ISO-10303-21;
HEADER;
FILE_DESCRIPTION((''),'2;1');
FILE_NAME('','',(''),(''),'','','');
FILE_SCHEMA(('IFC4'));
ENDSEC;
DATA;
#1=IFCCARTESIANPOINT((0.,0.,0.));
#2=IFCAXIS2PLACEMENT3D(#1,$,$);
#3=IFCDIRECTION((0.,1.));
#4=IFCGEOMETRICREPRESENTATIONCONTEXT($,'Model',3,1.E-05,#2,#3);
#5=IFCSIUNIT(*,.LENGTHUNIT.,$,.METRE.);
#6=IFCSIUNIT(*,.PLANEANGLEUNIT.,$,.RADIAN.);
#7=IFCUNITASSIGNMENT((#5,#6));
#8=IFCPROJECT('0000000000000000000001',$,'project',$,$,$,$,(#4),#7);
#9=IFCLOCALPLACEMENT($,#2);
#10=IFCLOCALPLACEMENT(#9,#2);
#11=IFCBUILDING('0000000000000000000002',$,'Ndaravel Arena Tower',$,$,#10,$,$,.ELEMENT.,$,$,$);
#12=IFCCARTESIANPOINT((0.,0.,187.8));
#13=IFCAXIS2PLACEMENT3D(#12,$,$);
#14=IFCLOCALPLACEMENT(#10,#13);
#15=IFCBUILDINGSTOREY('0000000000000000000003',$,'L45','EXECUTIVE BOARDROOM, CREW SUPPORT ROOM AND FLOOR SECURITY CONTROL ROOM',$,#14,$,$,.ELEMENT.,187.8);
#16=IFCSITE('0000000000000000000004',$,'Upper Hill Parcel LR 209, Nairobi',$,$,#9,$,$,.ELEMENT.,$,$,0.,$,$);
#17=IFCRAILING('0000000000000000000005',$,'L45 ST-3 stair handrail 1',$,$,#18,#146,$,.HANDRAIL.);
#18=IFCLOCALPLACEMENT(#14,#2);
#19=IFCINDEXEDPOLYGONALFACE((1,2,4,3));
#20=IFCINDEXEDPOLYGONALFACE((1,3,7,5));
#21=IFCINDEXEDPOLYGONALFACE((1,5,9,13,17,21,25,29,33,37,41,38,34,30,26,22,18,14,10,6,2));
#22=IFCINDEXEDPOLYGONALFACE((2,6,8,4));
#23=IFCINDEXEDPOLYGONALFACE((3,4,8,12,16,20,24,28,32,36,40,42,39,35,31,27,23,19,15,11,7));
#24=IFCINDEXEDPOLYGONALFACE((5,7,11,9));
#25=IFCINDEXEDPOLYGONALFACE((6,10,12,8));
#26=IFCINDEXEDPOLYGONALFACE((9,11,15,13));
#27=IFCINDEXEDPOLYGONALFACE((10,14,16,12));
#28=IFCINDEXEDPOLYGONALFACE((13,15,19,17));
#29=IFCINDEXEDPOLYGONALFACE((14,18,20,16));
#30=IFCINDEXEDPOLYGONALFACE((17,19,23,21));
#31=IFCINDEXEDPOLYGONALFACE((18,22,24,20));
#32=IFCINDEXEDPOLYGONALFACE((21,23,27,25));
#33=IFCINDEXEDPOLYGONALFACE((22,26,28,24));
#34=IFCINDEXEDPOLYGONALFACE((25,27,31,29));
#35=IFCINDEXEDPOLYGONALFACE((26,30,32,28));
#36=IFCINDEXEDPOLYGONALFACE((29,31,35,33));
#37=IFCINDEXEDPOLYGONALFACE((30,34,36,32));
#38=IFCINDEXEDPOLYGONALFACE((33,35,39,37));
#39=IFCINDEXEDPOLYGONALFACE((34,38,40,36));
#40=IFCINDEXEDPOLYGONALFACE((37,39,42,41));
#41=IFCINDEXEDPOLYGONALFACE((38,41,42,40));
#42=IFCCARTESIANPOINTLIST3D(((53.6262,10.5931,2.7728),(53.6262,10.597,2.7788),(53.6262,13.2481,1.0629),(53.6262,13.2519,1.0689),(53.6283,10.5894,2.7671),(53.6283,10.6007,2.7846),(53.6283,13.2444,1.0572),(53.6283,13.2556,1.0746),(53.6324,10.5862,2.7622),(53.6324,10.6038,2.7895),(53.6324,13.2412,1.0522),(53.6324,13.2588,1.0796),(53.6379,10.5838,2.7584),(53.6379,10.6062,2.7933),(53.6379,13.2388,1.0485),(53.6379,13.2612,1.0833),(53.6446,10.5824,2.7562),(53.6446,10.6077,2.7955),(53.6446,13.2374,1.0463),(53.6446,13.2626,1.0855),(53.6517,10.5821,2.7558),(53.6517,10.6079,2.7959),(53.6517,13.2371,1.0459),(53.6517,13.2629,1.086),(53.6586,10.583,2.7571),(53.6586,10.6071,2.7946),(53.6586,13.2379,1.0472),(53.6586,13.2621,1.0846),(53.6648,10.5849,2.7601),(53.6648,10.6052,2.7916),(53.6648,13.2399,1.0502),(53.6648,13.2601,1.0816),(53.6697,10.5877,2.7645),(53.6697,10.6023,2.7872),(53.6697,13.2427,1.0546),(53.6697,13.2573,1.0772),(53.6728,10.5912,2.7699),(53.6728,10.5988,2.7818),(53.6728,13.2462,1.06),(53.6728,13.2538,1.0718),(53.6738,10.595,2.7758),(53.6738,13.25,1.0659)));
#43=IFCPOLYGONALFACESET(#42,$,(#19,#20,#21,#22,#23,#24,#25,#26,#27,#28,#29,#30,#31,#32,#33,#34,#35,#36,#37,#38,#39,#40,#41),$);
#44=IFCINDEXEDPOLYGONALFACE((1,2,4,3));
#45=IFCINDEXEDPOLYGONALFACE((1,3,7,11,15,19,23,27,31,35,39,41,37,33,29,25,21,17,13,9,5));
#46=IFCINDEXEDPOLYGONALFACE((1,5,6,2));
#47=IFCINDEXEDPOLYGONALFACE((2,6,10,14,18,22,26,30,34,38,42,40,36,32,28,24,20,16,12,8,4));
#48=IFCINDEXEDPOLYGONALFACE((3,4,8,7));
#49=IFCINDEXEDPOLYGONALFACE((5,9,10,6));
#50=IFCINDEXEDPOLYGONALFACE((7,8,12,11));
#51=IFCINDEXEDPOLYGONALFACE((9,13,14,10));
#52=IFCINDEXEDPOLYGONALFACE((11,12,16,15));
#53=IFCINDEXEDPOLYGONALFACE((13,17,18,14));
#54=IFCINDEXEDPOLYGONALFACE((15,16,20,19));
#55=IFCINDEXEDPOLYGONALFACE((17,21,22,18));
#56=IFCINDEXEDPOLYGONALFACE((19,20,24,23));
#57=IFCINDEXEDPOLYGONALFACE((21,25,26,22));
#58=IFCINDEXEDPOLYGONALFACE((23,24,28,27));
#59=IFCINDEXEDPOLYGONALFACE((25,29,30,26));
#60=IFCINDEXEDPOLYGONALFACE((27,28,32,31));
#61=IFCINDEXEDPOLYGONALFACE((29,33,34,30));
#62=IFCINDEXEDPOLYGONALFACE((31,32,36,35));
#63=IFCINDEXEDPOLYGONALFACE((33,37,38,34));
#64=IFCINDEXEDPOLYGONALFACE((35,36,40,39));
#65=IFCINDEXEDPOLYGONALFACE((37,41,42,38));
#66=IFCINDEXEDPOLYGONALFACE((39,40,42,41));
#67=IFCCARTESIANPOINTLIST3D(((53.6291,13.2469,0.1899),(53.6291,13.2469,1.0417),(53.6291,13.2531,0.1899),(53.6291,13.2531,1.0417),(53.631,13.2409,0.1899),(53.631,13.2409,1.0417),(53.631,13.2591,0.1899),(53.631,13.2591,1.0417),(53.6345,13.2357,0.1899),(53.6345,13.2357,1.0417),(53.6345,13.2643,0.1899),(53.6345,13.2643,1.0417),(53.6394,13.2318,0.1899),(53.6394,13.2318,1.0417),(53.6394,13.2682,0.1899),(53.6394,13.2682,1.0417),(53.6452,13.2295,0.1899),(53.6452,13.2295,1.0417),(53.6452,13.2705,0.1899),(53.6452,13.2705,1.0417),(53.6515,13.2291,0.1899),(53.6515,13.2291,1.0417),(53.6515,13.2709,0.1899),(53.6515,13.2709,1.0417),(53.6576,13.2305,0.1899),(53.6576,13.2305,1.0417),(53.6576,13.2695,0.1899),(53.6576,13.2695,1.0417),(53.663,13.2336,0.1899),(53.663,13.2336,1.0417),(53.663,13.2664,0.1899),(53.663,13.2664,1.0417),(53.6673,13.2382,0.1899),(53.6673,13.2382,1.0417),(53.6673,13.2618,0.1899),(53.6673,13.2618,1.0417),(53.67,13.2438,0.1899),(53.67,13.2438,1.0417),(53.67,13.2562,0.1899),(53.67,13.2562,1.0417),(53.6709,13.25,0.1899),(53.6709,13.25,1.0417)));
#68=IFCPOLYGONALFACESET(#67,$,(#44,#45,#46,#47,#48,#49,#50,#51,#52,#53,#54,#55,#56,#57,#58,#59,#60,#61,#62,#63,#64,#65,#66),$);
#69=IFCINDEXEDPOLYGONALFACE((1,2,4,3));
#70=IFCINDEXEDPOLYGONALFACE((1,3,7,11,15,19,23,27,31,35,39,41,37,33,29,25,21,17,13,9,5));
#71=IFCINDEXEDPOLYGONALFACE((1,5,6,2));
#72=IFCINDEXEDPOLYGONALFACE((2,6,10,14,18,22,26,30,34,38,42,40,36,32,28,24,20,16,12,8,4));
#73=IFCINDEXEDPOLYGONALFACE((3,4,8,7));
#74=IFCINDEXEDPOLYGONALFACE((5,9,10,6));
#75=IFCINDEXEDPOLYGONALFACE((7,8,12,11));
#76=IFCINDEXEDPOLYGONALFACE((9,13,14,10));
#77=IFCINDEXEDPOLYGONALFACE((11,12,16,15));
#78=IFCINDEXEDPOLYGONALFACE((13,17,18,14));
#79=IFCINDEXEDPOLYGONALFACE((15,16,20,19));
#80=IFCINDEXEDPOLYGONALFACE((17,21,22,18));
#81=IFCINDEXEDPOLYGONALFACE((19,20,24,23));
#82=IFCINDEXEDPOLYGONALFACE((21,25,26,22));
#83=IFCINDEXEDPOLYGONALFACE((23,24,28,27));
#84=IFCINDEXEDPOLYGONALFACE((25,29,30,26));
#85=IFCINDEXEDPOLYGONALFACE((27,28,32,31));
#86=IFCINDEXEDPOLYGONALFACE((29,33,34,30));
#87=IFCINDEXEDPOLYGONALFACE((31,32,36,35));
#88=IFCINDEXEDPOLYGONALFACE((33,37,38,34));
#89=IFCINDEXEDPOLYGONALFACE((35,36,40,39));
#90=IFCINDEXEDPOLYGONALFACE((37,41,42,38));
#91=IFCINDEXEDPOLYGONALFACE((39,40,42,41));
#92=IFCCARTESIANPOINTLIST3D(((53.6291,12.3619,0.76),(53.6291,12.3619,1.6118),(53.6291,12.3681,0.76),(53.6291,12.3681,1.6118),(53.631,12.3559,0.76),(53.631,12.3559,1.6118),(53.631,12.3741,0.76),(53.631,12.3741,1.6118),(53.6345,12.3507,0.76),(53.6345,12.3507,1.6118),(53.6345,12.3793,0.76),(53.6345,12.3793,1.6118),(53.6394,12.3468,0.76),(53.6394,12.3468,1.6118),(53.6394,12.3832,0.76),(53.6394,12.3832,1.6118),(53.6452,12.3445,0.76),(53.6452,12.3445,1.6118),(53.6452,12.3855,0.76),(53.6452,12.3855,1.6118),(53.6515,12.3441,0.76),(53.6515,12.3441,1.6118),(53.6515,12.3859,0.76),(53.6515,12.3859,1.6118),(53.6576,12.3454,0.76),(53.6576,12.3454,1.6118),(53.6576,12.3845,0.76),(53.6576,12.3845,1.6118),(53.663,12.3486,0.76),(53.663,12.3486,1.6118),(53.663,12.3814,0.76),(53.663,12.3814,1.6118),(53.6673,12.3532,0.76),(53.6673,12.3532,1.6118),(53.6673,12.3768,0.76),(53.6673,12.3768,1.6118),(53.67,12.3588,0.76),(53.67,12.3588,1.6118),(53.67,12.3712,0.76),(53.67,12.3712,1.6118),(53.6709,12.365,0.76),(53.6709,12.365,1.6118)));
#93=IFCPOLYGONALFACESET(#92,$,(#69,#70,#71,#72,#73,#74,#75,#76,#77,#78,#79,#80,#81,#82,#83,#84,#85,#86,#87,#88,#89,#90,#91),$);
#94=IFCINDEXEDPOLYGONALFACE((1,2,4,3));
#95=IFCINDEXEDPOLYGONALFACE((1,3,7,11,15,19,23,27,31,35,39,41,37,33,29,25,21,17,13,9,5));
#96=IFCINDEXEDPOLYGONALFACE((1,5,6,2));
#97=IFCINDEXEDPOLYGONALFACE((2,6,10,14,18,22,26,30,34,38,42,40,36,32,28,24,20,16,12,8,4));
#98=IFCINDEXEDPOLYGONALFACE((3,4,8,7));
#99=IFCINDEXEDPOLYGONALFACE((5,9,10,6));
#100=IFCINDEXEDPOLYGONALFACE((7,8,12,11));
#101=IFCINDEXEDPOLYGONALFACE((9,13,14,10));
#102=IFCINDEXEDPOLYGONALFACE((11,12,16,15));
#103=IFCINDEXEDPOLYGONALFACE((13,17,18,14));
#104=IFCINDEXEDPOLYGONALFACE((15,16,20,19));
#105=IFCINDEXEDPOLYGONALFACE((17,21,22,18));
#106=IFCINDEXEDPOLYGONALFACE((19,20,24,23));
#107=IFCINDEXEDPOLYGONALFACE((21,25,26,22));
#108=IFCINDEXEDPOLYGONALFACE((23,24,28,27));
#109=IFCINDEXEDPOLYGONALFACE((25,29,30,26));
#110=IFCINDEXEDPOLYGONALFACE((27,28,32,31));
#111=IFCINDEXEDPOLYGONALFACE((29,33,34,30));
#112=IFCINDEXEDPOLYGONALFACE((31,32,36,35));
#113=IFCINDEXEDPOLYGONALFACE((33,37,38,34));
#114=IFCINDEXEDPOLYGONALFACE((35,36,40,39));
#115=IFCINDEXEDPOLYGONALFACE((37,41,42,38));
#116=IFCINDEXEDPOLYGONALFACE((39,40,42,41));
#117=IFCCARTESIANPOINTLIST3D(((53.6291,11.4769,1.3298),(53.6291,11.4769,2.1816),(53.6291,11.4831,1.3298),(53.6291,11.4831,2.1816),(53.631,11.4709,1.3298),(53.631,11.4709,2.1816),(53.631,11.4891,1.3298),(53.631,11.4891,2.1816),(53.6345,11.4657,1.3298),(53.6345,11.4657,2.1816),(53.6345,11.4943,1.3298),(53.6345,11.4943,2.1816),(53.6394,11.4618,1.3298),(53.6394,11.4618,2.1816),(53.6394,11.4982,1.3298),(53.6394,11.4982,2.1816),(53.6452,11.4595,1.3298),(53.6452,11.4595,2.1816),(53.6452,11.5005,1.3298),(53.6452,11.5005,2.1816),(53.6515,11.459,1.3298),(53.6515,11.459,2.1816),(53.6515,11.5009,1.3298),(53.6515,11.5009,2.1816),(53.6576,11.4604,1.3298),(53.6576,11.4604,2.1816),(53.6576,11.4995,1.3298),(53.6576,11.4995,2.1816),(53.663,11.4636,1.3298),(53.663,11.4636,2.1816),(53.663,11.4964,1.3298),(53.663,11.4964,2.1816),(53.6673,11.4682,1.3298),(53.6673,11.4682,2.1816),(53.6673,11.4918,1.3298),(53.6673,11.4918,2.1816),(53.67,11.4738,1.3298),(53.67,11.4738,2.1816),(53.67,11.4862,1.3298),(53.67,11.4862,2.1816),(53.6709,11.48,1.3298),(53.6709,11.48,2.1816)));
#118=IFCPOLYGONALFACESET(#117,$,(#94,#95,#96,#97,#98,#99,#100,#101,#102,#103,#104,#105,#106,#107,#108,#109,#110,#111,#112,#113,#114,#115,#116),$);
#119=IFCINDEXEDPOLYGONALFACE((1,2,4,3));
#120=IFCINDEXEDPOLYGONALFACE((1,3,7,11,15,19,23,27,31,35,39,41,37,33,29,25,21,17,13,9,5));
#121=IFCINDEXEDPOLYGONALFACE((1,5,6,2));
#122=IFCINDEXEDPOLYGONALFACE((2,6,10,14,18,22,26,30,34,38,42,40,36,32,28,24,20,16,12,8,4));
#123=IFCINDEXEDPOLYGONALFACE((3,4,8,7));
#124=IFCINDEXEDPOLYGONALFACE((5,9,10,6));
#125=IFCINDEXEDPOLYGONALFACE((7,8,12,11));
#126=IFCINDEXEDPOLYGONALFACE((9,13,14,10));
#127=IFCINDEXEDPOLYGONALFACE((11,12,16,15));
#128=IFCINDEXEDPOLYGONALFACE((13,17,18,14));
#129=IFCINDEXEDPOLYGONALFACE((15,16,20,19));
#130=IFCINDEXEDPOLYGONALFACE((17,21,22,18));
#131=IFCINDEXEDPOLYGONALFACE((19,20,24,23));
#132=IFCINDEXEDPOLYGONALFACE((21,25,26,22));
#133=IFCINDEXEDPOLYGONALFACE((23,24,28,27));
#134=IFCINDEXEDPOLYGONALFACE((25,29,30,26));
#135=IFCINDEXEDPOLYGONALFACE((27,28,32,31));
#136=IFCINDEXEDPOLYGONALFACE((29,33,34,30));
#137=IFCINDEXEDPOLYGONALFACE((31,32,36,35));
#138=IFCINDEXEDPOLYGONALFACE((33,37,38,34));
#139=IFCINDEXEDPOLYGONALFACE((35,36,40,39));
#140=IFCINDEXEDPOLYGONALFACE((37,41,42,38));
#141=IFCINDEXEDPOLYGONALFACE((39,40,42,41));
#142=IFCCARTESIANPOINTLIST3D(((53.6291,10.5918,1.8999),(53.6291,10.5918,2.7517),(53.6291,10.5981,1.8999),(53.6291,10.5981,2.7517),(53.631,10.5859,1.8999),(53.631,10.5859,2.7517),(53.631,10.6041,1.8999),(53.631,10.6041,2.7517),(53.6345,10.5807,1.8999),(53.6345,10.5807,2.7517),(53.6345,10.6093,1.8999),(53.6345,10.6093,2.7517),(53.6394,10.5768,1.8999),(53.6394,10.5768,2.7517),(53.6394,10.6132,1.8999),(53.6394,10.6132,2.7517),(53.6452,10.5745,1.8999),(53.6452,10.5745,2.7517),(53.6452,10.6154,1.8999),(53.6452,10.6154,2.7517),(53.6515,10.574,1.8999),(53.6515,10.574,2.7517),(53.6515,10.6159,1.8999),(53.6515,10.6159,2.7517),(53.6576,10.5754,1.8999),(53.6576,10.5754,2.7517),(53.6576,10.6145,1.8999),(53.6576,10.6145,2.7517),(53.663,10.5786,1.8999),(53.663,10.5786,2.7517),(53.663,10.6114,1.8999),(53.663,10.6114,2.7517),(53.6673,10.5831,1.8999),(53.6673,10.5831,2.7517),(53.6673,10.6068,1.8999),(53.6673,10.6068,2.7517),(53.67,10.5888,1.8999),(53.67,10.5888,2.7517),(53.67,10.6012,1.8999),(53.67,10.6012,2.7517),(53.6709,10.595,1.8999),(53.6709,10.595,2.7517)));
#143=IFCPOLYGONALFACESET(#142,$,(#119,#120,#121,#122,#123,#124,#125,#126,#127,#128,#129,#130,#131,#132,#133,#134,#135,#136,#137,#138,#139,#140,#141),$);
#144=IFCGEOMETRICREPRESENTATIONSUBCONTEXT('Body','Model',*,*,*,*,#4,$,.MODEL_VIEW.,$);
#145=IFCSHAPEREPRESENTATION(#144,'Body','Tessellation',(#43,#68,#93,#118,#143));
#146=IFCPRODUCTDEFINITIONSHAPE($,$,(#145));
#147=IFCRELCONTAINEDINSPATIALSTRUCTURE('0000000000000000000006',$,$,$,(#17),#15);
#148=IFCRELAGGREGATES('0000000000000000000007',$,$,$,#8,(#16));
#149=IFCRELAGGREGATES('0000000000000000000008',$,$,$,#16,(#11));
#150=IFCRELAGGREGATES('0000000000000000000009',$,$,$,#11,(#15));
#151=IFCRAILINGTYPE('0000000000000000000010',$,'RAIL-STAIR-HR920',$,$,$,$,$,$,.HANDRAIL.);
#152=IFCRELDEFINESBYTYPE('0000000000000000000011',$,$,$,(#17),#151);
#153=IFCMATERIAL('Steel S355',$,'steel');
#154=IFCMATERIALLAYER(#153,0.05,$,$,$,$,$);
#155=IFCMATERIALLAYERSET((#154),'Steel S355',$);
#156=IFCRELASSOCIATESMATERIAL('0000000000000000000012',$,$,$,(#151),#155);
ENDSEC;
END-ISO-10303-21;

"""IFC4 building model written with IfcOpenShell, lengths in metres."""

from ifc_helpers import new_model, si_unit, direction, frame, origin, origin_2d, place, context, subcontext, project, spatial, circle, extrude, material, layer, layer_set, type_object, element, save


model = new_model("IFC4")

# Units and contexts
model_context = context("Model", 3, precision=1e-05, world=origin(), true_north=direction((0.0, 1.0)))
body_context = subcontext(model_context, "Body", "Model", "MODEL_VIEW")
ifc_project = project(units=[si_unit("LENGTHUNIT", "METRE"), si_unit("PLANEANGLEUNIT", "RADIAN")], contexts=[model_context])

# Site, building, storey
site_placement = place(None, origin())
site = spatial("IfcSite", under=ifc_project, at=site_placement, Name="Upper Hill Parcel LR 209, Nairobi", CompositionType="ELEMENT", RefElevation=0.0)
building_placement = place(site_placement, origin())
building = spatial("IfcBuilding", under=site, at=building_placement, Name="Ndaravel Arena Tower", CompositionType="ELEMENT")
storey_placement = place(building_placement, frame((0.0, 0.0, 187.8)))
storey = spatial("IfcBuildingStorey", under=building, at=storey_placement, Name="L45", Description="EXECUTIVE BOARDROOM, CREW SUPPORT ROOM AND FLOOR SECURITY CONTROL ROOM", CompositionType="ELEMENT", Elevation=187.8)

# Railing
ifc_material_1 = material(Name="Steel S355", Category="steel")
ifc_layer_1 = layer(ifc_material_1, 0.05)
ifc_layer_set_1 = layer_set([ifc_layer_1], Name="Steel S355")
railing_type_1 = type_object("IfcRailingType", Name="RAIL-STAIR-HR920", PredefinedType="HANDRAIL", material=ifc_layer_set_1)
railing_1_placement = place(storey_placement, frame((53.6499, 13.25, 0.1899)))
element("IfcRailing", 1, at=railing_1_placement, inside=storey, type_object=railing_type_1, Name="L45 ST-3 stair handrail 1", PredefinedType="HANDRAIL", context=body_context, shape_type="SweptSolid", body=[
    extrude(circle(Radius=0.0239, at=origin_2d()), frame((0.0, 0.0, 0.876), z_axis=(0.0, -0.840724, 0.541465), x_axis=(1.0, 0.0, 0.0)), (0.0, 0.0, 1.0), 3.158),
    extrude(circle(Radius=0.021, at=origin_2d()), origin(), (0.0, 0.0, 1.0), 0.8518),
    extrude(circle(Radius=0.021, at=origin_2d()), frame((0.0, -0.885, 0.5701)), (0.0, 0.0, 1.0), 0.8518),
    extrude(circle(Radius=0.021, at=origin_2d()), frame((0.0, -1.77, 1.1399)), (0.0, 0.0, 1.0), 0.8518),
    extrude(circle(Radius=0.021, at=origin_2d()), frame((0.0, -2.655, 1.71)), (0.0, 0.0, 1.0), 0.8518),
])

save(model, "model.ifc")
